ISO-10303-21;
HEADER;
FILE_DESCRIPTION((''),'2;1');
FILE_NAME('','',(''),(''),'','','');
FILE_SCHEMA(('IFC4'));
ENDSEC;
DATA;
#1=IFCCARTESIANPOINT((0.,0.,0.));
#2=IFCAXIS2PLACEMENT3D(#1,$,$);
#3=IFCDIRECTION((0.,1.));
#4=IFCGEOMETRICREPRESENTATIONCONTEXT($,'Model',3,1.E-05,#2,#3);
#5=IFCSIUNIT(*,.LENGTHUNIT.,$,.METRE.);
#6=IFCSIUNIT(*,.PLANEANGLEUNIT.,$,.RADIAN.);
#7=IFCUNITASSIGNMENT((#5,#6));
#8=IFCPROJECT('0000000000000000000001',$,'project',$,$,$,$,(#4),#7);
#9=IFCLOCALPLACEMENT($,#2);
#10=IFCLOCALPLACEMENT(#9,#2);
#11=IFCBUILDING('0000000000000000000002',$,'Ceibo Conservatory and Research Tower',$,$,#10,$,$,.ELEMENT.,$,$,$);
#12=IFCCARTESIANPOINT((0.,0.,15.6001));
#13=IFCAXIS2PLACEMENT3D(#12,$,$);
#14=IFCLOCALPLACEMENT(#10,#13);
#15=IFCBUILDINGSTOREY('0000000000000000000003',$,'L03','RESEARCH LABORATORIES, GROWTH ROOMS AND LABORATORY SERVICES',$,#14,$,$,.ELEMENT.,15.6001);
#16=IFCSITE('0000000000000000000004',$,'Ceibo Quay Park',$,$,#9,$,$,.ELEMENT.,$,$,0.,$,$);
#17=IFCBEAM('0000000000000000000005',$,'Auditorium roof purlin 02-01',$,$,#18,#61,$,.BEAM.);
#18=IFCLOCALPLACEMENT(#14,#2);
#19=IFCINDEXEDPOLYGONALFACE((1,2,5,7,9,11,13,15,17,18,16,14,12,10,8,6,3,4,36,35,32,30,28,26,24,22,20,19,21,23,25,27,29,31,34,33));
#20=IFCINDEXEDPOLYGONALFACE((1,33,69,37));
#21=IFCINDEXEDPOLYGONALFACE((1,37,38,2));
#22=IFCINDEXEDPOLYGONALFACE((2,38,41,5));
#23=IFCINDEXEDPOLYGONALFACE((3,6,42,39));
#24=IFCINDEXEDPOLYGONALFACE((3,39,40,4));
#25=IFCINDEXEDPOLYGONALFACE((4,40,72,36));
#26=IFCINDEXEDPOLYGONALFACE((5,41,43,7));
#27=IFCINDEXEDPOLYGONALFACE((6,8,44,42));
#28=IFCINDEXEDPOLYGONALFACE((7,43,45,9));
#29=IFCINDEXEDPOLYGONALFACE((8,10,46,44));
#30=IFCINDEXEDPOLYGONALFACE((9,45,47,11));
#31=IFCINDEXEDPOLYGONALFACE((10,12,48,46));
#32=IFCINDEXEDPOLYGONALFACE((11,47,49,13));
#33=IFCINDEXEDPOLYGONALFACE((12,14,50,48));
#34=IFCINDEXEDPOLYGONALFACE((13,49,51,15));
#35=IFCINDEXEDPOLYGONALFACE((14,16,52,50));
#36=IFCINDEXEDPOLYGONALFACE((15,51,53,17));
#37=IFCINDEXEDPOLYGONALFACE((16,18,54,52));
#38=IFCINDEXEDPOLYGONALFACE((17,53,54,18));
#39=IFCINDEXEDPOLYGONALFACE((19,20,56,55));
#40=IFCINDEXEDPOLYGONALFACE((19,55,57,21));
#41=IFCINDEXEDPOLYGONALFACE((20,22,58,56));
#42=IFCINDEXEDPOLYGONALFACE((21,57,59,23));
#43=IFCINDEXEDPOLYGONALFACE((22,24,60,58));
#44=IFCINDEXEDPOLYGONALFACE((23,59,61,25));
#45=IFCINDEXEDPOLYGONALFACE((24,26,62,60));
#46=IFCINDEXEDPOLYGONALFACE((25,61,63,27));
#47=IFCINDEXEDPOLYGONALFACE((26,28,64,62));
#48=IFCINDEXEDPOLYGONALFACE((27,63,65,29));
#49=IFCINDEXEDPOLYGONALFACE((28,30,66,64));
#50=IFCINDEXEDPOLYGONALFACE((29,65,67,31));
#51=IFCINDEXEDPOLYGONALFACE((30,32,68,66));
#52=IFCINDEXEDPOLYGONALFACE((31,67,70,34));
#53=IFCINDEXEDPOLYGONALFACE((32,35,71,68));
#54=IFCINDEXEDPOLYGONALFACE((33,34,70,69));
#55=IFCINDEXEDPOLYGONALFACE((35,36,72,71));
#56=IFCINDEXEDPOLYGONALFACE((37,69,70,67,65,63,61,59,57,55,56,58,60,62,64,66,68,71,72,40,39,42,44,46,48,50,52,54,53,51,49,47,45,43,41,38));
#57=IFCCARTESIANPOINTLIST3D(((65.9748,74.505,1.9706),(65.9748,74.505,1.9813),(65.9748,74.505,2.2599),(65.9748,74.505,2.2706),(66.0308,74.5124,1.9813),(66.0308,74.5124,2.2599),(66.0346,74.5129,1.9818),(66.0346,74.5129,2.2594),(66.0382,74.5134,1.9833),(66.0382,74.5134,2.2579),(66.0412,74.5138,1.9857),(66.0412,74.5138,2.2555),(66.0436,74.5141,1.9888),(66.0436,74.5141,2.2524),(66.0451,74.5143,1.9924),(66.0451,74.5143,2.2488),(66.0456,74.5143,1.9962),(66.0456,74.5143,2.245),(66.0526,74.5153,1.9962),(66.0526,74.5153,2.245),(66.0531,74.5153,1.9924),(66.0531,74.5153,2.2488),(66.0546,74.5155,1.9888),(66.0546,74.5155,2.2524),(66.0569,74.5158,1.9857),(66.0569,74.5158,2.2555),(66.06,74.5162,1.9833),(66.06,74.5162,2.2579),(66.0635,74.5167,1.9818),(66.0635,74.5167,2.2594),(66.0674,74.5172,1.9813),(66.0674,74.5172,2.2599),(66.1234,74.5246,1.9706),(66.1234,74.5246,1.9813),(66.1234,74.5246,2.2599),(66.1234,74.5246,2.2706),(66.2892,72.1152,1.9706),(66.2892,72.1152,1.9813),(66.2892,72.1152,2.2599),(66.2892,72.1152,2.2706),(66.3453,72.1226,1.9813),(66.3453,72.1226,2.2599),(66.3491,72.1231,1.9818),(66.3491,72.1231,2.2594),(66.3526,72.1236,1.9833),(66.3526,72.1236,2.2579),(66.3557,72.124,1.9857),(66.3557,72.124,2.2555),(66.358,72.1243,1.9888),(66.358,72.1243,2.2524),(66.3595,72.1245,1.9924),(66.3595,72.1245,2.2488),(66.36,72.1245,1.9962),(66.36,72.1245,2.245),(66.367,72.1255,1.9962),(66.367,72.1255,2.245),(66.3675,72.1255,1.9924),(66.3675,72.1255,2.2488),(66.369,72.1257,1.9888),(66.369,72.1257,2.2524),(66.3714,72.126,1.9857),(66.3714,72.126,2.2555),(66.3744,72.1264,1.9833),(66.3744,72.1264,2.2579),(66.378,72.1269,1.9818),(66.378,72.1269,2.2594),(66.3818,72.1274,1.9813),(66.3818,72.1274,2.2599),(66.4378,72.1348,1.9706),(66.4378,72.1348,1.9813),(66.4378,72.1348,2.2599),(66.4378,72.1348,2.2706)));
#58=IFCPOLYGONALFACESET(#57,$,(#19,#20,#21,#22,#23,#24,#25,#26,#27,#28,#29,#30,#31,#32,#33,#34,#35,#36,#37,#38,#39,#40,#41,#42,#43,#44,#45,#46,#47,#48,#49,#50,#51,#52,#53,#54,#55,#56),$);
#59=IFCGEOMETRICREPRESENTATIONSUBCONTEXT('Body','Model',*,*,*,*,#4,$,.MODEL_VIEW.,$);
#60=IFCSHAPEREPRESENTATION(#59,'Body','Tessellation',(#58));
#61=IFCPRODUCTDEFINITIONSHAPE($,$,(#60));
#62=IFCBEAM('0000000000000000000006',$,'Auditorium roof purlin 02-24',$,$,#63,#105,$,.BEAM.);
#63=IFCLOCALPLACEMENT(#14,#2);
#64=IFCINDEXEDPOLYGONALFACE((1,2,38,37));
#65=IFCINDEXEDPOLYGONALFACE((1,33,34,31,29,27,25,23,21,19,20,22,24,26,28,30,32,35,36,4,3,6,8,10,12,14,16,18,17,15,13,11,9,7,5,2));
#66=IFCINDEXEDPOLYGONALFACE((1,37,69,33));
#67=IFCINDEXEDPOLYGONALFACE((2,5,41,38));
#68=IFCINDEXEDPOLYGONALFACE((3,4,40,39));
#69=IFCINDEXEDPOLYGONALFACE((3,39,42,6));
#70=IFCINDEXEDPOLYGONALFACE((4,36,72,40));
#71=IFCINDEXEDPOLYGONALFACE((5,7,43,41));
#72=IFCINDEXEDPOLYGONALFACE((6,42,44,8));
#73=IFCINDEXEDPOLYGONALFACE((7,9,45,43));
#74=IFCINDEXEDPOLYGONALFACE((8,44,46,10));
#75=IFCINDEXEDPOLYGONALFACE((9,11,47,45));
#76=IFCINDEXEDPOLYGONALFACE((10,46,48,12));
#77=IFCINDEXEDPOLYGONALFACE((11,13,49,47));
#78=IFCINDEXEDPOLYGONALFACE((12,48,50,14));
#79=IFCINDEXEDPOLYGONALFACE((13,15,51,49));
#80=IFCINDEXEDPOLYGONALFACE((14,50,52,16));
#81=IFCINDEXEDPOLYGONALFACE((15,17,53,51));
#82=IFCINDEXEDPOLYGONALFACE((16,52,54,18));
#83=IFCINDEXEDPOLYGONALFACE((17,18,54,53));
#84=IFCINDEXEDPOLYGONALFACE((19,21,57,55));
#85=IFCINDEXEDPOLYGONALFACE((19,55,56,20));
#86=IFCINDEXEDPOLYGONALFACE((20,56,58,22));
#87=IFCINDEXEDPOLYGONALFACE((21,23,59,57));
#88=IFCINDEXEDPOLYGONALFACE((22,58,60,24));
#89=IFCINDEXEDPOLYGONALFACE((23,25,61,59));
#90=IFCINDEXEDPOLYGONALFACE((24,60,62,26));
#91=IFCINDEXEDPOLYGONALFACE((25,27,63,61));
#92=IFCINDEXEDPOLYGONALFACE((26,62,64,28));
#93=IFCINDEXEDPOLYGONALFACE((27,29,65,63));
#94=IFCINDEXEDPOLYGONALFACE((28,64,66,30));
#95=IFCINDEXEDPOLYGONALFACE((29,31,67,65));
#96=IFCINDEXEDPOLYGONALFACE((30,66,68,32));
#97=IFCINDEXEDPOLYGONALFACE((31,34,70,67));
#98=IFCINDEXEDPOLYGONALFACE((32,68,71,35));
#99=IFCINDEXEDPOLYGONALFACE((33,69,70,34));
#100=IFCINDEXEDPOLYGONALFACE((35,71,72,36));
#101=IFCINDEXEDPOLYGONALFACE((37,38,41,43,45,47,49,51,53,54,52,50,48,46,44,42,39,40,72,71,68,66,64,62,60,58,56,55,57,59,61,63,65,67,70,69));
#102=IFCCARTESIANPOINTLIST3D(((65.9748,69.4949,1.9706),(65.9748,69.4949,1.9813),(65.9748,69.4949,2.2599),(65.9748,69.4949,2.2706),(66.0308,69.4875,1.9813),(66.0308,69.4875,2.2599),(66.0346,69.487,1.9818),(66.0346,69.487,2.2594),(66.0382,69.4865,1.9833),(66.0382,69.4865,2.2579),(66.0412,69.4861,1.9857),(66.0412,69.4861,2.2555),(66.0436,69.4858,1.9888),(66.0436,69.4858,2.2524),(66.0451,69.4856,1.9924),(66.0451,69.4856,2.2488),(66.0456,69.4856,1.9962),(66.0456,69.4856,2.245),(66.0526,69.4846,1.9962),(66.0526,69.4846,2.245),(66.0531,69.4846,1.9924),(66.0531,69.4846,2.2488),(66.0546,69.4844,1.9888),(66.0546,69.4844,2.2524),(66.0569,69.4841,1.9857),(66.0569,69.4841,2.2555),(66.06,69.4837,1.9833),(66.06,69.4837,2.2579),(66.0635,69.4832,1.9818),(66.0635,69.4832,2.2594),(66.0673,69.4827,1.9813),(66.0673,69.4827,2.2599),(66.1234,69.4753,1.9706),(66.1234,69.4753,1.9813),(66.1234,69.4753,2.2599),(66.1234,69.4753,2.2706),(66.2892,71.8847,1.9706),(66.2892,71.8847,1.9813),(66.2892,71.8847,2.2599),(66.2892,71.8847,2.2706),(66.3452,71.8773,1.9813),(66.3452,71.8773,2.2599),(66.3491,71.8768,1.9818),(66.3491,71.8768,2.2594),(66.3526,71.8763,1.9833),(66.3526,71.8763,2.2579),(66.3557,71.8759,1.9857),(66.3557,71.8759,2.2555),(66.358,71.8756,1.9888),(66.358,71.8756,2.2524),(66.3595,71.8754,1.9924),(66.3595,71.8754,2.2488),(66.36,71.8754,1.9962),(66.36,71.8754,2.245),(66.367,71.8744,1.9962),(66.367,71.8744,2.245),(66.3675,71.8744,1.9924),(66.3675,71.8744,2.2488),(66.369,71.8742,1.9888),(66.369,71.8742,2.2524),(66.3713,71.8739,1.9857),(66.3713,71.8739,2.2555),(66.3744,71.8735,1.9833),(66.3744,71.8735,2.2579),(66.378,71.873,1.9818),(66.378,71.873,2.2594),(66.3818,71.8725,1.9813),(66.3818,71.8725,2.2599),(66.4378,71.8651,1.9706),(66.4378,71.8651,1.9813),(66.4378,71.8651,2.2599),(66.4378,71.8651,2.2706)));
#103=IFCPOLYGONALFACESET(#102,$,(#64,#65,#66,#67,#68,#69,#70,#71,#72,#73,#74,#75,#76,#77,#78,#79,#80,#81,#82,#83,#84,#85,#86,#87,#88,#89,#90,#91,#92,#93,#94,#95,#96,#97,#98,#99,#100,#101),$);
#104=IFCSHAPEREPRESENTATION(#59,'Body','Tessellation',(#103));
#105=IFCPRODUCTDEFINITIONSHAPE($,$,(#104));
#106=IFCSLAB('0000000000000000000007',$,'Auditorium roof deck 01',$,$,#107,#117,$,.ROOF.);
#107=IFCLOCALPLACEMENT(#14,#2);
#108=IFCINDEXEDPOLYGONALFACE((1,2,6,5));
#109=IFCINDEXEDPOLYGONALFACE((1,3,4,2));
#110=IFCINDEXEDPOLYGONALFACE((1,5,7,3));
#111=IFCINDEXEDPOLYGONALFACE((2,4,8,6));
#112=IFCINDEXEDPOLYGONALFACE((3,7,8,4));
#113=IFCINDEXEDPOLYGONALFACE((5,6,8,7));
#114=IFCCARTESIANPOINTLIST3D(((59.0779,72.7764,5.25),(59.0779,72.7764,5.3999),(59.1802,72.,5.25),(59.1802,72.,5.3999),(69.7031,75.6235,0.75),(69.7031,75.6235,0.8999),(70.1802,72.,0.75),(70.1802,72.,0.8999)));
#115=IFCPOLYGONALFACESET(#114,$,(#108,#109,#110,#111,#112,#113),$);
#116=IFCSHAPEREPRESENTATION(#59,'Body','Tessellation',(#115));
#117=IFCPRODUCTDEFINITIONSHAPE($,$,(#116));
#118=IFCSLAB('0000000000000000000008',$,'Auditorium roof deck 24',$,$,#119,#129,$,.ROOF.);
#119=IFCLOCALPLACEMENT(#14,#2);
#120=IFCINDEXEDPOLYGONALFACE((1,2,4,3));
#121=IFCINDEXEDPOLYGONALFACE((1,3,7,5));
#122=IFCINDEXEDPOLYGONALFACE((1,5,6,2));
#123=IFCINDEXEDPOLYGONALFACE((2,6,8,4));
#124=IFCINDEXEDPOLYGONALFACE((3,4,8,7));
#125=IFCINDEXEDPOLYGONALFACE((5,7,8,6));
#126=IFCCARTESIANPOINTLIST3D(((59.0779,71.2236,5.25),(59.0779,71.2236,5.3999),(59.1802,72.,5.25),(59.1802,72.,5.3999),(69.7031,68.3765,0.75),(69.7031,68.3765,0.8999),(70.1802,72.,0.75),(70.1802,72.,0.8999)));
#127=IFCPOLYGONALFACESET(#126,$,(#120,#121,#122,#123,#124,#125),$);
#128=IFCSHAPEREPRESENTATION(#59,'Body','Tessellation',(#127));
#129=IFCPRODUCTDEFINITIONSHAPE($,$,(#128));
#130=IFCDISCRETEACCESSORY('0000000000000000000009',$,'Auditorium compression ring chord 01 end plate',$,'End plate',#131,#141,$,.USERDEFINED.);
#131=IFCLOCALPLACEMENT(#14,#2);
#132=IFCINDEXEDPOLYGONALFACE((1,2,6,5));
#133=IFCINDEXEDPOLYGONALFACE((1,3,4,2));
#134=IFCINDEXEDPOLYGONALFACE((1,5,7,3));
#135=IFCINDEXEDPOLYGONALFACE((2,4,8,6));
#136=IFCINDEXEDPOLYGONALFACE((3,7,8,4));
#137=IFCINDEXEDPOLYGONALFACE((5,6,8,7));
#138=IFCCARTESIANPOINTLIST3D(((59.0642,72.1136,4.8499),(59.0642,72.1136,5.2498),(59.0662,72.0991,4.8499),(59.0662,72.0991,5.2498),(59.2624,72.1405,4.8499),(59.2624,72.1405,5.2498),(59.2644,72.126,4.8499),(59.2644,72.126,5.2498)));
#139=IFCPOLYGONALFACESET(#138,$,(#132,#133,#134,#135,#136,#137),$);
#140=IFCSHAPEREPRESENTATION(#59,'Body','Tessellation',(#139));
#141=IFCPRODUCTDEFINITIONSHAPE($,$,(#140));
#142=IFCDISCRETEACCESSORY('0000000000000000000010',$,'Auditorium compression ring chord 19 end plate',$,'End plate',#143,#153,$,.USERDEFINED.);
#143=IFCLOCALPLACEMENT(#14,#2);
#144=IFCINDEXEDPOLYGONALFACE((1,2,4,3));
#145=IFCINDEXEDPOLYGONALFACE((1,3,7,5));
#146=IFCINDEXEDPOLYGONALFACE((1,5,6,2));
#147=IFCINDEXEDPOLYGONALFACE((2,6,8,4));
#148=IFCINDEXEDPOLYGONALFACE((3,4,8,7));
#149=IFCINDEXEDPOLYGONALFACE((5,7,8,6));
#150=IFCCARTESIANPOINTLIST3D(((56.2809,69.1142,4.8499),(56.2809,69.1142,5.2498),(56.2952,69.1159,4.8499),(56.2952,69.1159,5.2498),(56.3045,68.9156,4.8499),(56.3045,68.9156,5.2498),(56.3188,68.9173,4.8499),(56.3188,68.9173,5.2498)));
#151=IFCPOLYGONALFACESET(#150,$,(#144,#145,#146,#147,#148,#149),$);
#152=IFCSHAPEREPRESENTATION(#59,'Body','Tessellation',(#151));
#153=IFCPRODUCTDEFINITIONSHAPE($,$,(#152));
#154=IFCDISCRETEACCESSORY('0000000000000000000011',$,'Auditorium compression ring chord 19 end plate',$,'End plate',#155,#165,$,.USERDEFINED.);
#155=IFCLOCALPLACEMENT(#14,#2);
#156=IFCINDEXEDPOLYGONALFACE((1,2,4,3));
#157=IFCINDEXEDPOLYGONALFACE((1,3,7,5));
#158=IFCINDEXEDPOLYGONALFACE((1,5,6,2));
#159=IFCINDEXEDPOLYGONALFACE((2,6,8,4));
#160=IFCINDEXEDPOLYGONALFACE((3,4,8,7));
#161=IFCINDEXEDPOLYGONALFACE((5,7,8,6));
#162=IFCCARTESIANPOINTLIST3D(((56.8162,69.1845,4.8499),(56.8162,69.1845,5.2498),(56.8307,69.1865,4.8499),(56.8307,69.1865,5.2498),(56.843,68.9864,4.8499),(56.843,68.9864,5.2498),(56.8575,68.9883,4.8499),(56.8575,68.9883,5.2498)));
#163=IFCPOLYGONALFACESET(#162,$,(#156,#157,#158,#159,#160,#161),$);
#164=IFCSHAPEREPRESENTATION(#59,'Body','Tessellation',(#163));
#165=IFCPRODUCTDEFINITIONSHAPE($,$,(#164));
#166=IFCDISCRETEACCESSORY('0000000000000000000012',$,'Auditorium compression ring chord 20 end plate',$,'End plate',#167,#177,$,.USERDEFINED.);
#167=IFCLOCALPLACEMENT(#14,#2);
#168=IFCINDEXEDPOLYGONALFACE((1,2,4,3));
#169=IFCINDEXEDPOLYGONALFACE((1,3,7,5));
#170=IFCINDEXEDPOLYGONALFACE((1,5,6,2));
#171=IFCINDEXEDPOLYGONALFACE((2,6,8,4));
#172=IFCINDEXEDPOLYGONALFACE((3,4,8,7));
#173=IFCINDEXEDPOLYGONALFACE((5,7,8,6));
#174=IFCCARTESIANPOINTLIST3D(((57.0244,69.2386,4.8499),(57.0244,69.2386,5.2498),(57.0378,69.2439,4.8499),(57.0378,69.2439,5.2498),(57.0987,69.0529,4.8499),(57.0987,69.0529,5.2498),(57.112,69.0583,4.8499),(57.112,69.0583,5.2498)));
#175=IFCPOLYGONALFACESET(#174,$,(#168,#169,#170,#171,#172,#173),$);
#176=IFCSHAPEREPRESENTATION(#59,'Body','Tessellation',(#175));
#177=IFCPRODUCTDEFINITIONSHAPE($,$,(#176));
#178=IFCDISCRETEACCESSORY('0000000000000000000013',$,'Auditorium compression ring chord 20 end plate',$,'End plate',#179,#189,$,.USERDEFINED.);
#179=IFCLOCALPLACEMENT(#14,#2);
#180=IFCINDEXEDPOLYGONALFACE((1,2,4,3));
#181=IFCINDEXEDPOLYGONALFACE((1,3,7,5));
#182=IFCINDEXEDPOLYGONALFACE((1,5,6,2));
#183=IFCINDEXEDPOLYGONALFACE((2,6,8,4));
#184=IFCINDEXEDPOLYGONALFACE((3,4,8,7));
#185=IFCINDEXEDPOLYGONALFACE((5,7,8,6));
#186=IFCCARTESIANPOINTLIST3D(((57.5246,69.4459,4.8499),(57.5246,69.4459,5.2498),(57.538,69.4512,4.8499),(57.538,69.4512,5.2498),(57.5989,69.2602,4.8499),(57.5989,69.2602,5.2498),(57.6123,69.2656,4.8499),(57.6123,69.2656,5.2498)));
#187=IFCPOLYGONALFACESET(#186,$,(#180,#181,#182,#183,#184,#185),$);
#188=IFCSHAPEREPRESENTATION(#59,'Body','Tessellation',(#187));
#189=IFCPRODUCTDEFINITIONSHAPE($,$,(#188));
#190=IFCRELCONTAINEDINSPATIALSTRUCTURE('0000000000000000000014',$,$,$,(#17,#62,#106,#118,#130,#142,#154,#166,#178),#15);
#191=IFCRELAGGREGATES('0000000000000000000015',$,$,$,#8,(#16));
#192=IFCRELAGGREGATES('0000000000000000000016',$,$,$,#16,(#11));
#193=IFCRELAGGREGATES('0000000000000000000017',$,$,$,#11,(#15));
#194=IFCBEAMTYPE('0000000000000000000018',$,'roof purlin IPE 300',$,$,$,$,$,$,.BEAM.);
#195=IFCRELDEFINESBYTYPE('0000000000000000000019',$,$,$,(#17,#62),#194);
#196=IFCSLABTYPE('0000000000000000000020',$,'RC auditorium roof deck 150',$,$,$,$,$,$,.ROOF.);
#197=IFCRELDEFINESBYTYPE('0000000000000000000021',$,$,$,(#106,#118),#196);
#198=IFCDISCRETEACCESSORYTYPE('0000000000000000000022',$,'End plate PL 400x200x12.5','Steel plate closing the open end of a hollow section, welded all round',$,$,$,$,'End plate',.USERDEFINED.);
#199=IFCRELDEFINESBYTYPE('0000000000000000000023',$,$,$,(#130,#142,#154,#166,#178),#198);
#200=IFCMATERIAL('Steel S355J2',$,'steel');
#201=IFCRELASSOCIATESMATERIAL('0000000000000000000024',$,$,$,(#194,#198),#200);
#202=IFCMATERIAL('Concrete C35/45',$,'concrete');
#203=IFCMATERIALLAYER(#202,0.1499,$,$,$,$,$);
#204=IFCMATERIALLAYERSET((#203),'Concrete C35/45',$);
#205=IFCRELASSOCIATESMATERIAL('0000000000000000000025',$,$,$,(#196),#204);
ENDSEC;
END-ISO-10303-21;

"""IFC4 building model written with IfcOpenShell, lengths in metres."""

from ifc_helpers import new_model, si_unit, direction, frame, origin, origin_2d, place, context, subcontext, project, spatial, polyline, rectangle, i_section, outline, extrude, material, layer, layer_set, material_profile, profile_set, type_object, element, save


model = new_model("IFC4")

# Units and contexts
model_context = context("Model", 3, precision=1e-05, world=origin(), true_north=direction((0.0, 1.0)))
body_context = subcontext(model_context, "Body", "Model", "MODEL_VIEW")
ifc_project = project(units=[si_unit("LENGTHUNIT", "METRE"), si_unit("PLANEANGLEUNIT", "RADIAN")], contexts=[model_context])

# Site, building, storey
site_placement = place(None, origin())
site = spatial("IfcSite", under=ifc_project, at=site_placement, Name="Ceibo Quay Park", CompositionType="ELEMENT", RefElevation=0.0)
building_placement = place(site_placement, origin())
building = spatial("IfcBuilding", under=site, at=building_placement, Name="Ceibo Conservatory and Research Tower", CompositionType="ELEMENT")
storey_placement = place(building_placement, frame((0.0, 0.0, 15.6001)))
storey = spatial("IfcBuildingStorey", under=building, at=storey_placement, Name="L03", Description="RESEARCH LABORATORIES, GROWTH ROOMS AND LABORATORY SERVICES", CompositionType="ELEMENT", Elevation=15.6001)

# Beams
ifc_material_1 = material(Name="Concrete C35/45", Category="concrete")
ifc_material_2 = material(Name="Steel S355J2", Category="steel")
ifc_material_profile_1 = material_profile(ifc_material_2, i_section(OverallWidth=0.1499, OverallDepth=0.3, WebThickness=0.0071, FlangeThickness=0.0107, FilletRadius=0.0149, at=origin_2d()), Name="IPE 300")
ifc_profile_set_1 = profile_set([ifc_material_profile_1], Name="Steel S355J2")
beam_type_1 = type_object("IfcBeamType", Name="roof purlin IPE 300", PredefinedType="BEAM", material=ifc_profile_set_1)
for number, where, z_axis, x_axis, name in (
    (1, (66.3635, 72.125, 2.1206), (-0.130452, 0.991455, 0.0), (-0.991455, -0.130452, 0.0), "Auditorium roof purlin 02-01"),
    (2, (66.0491, 69.4851, 2.1206), (0.130452, 0.991455, 0.0), (-0.991455, 0.130452, 0.0), "Auditorium roof purlin 02-24"),
):
    element("IfcBeam", number, at=place(storey_placement, frame(where, z_axis=z_axis, x_axis=x_axis)), inside=storey, type_object=beam_type_1, Name=name, PredefinedType="BEAM", context=body_context, shape_type="SweptSolid", body=[
        extrude(i_section(OverallWidth=0.1499, OverallDepth=0.3, WebThickness=0.0071, FlangeThickness=0.0107, FilletRadius=0.0149, at=origin_2d()), origin(), (0.0, 0.0, 1.0), 2.4104),
    ])

# Slabs
ifc_layer = layer(ifc_material_1, 0.1499)
ifc_layer_set = layer_set([ifc_layer], Name="Concrete C35/45")
slab_type = type_object("IfcSlabType", Name="RC auditorium roof deck 150", PredefinedType="ROOF", material=ifc_layer_set)
slab_1_placement = place(storey_placement, frame((70.1802, 72.0, 0.8999), z_axis=(0.378161, 0.049793, 0.9244), x_axis=(-0.13053, 0.991444, -0.000007)))
element("IfcSlab", 3, at=slab_1_placement, inside=storey, type_object=slab_type, Name="Auditorium roof deck 01", PredefinedType="ROOF", context=body_context, shape_type="SweptSolid", body=[
    extrude(outline(polyline([(0.0, 0.0), (3.6548, 0.0), (2.2189, 11.7979), (1.4358, 11.7978), (0.0, 0.0)])), origin(), (0.000007, -0.381425, -0.9244), 0.1499),
])
slab_2_placement = place(storey_placement, frame((69.7031, 68.3765, 0.8999), z_axis=(0.378161, -0.049793, 0.9244), x_axis=(0.13053, 0.991444, 0.000007)))
element("IfcSlab", 4, at=slab_2_placement, inside=storey, type_object=slab_type, Name="Auditorium roof deck 24", PredefinedType="ROOF", context=body_context, shape_type="SweptSolid", body=[
    extrude(outline(polyline([(0.0, 0.0), (3.6548, 0.0), (2.219, 11.7978), (1.4359, 11.7979), (0.0, 0.0)])), origin(), (-0.000007, -0.381425, -0.9244), 0.1499),
])

# Discrete accessories
ifc_material_profile_2 = material_profile(ifc_material_2, rectangle(XDim=0.2, YDim=0.3999, at=origin_2d()), Name="End plate PL 400x200x12.5")
ifc_profile_set_2 = profile_set([ifc_material_profile_2], Name="Steel S355J2")
discrete_accessory_type = type_object("IfcDiscreteAccessoryType", Name="End plate PL 400x200x12.5", Description="Steel plate closing the open end of a hollow section, welded all round", ElementType="End plate", PredefinedType="USERDEFINED", material=ifc_profile_set_2)
discrete_accessory_1_placement = place(storey_placement, frame((59.1653, 72.1125, 5.0498), z_axis=(-0.134364, 0.990932, 0.0), x_axis=(-0.990932, -0.134364, 0.0)))
element("IfcDiscreteAccessory", 5, at=discrete_accessory_1_placement, inside=storey, type_object=discrete_accessory_type, Name="Auditorium compression ring chord 01 end plate", ObjectType="End plate", PredefinedType="USERDEFINED", context=body_context, shape_type="SweptSolid", body=[
    extrude(rectangle(XDim=0.2, YDim=0.3999, at=origin_2d()), origin(), (0.0, 0.0, 1.0), 0.0146),
])
discrete_accessory_2_placement = place(storey_placement, frame((56.2927, 69.0149, 5.0498), z_axis=(0.993035, 0.117818, 0.0), x_axis=(-0.117818, 0.993035, 0.0)))
element("IfcDiscreteAccessory", 6, at=discrete_accessory_2_placement, inside=storey, type_object=discrete_accessory_type, Name="Auditorium compression ring chord 19 end plate", ObjectType="End plate", PredefinedType="USERDEFINED", context=body_context, shape_type="SweptSolid", body=[
    extrude(rectangle(XDim=0.2, YDim=0.3999, at=origin_2d()), origin(), (0.0, 0.0, 1.0), 0.0144),
])
discrete_accessory_3_placement = place(storey_placement, frame((56.8296, 69.0854, 5.0498), z_axis=(0.990932, 0.134364, 0.0), x_axis=(-0.134364, 0.990932, 0.0)))
element("IfcDiscreteAccessory", 7, at=discrete_accessory_3_placement, inside=storey, type_object=discrete_accessory_type, Name="Auditorium compression ring chord 19 end plate", ObjectType="End plate", PredefinedType="USERDEFINED", context=body_context, shape_type="SweptSolid", body=[
    extrude(rectangle(XDim=0.2, YDim=0.3999, at=origin_2d()), origin(), (0.0, 0.0, 1.0), 0.0146),
])
for number, where, z_axis, x_axis, name in (
    (8, (57.0615, 69.1458, 5.0498), (0.928477, 0.371391, 0.0), (-0.371391, 0.928477, 0.0), "Auditorium compression ring chord 20 end plate"),
    (9, (57.5618, 69.353, 5.0498), (0.928477, 0.371391, 0.0), (-0.371391, 0.928477, 0.0), "Auditorium compression ring chord 20 end plate"),
):
    element("IfcDiscreteAccessory", number, at=place(storey_placement, frame(where, z_axis=z_axis, x_axis=x_axis)), inside=storey, type_object=discrete_accessory_type, Name=name, ObjectType="End plate", PredefinedType="USERDEFINED", context=body_context, shape_type="SweptSolid", body=[
        extrude(rectangle(XDim=0.2, YDim=0.3999, at=origin_2d()), origin(), (0.0, 0.0, 1.0), 0.0144),
    ])

save(model, "model.ifc")
